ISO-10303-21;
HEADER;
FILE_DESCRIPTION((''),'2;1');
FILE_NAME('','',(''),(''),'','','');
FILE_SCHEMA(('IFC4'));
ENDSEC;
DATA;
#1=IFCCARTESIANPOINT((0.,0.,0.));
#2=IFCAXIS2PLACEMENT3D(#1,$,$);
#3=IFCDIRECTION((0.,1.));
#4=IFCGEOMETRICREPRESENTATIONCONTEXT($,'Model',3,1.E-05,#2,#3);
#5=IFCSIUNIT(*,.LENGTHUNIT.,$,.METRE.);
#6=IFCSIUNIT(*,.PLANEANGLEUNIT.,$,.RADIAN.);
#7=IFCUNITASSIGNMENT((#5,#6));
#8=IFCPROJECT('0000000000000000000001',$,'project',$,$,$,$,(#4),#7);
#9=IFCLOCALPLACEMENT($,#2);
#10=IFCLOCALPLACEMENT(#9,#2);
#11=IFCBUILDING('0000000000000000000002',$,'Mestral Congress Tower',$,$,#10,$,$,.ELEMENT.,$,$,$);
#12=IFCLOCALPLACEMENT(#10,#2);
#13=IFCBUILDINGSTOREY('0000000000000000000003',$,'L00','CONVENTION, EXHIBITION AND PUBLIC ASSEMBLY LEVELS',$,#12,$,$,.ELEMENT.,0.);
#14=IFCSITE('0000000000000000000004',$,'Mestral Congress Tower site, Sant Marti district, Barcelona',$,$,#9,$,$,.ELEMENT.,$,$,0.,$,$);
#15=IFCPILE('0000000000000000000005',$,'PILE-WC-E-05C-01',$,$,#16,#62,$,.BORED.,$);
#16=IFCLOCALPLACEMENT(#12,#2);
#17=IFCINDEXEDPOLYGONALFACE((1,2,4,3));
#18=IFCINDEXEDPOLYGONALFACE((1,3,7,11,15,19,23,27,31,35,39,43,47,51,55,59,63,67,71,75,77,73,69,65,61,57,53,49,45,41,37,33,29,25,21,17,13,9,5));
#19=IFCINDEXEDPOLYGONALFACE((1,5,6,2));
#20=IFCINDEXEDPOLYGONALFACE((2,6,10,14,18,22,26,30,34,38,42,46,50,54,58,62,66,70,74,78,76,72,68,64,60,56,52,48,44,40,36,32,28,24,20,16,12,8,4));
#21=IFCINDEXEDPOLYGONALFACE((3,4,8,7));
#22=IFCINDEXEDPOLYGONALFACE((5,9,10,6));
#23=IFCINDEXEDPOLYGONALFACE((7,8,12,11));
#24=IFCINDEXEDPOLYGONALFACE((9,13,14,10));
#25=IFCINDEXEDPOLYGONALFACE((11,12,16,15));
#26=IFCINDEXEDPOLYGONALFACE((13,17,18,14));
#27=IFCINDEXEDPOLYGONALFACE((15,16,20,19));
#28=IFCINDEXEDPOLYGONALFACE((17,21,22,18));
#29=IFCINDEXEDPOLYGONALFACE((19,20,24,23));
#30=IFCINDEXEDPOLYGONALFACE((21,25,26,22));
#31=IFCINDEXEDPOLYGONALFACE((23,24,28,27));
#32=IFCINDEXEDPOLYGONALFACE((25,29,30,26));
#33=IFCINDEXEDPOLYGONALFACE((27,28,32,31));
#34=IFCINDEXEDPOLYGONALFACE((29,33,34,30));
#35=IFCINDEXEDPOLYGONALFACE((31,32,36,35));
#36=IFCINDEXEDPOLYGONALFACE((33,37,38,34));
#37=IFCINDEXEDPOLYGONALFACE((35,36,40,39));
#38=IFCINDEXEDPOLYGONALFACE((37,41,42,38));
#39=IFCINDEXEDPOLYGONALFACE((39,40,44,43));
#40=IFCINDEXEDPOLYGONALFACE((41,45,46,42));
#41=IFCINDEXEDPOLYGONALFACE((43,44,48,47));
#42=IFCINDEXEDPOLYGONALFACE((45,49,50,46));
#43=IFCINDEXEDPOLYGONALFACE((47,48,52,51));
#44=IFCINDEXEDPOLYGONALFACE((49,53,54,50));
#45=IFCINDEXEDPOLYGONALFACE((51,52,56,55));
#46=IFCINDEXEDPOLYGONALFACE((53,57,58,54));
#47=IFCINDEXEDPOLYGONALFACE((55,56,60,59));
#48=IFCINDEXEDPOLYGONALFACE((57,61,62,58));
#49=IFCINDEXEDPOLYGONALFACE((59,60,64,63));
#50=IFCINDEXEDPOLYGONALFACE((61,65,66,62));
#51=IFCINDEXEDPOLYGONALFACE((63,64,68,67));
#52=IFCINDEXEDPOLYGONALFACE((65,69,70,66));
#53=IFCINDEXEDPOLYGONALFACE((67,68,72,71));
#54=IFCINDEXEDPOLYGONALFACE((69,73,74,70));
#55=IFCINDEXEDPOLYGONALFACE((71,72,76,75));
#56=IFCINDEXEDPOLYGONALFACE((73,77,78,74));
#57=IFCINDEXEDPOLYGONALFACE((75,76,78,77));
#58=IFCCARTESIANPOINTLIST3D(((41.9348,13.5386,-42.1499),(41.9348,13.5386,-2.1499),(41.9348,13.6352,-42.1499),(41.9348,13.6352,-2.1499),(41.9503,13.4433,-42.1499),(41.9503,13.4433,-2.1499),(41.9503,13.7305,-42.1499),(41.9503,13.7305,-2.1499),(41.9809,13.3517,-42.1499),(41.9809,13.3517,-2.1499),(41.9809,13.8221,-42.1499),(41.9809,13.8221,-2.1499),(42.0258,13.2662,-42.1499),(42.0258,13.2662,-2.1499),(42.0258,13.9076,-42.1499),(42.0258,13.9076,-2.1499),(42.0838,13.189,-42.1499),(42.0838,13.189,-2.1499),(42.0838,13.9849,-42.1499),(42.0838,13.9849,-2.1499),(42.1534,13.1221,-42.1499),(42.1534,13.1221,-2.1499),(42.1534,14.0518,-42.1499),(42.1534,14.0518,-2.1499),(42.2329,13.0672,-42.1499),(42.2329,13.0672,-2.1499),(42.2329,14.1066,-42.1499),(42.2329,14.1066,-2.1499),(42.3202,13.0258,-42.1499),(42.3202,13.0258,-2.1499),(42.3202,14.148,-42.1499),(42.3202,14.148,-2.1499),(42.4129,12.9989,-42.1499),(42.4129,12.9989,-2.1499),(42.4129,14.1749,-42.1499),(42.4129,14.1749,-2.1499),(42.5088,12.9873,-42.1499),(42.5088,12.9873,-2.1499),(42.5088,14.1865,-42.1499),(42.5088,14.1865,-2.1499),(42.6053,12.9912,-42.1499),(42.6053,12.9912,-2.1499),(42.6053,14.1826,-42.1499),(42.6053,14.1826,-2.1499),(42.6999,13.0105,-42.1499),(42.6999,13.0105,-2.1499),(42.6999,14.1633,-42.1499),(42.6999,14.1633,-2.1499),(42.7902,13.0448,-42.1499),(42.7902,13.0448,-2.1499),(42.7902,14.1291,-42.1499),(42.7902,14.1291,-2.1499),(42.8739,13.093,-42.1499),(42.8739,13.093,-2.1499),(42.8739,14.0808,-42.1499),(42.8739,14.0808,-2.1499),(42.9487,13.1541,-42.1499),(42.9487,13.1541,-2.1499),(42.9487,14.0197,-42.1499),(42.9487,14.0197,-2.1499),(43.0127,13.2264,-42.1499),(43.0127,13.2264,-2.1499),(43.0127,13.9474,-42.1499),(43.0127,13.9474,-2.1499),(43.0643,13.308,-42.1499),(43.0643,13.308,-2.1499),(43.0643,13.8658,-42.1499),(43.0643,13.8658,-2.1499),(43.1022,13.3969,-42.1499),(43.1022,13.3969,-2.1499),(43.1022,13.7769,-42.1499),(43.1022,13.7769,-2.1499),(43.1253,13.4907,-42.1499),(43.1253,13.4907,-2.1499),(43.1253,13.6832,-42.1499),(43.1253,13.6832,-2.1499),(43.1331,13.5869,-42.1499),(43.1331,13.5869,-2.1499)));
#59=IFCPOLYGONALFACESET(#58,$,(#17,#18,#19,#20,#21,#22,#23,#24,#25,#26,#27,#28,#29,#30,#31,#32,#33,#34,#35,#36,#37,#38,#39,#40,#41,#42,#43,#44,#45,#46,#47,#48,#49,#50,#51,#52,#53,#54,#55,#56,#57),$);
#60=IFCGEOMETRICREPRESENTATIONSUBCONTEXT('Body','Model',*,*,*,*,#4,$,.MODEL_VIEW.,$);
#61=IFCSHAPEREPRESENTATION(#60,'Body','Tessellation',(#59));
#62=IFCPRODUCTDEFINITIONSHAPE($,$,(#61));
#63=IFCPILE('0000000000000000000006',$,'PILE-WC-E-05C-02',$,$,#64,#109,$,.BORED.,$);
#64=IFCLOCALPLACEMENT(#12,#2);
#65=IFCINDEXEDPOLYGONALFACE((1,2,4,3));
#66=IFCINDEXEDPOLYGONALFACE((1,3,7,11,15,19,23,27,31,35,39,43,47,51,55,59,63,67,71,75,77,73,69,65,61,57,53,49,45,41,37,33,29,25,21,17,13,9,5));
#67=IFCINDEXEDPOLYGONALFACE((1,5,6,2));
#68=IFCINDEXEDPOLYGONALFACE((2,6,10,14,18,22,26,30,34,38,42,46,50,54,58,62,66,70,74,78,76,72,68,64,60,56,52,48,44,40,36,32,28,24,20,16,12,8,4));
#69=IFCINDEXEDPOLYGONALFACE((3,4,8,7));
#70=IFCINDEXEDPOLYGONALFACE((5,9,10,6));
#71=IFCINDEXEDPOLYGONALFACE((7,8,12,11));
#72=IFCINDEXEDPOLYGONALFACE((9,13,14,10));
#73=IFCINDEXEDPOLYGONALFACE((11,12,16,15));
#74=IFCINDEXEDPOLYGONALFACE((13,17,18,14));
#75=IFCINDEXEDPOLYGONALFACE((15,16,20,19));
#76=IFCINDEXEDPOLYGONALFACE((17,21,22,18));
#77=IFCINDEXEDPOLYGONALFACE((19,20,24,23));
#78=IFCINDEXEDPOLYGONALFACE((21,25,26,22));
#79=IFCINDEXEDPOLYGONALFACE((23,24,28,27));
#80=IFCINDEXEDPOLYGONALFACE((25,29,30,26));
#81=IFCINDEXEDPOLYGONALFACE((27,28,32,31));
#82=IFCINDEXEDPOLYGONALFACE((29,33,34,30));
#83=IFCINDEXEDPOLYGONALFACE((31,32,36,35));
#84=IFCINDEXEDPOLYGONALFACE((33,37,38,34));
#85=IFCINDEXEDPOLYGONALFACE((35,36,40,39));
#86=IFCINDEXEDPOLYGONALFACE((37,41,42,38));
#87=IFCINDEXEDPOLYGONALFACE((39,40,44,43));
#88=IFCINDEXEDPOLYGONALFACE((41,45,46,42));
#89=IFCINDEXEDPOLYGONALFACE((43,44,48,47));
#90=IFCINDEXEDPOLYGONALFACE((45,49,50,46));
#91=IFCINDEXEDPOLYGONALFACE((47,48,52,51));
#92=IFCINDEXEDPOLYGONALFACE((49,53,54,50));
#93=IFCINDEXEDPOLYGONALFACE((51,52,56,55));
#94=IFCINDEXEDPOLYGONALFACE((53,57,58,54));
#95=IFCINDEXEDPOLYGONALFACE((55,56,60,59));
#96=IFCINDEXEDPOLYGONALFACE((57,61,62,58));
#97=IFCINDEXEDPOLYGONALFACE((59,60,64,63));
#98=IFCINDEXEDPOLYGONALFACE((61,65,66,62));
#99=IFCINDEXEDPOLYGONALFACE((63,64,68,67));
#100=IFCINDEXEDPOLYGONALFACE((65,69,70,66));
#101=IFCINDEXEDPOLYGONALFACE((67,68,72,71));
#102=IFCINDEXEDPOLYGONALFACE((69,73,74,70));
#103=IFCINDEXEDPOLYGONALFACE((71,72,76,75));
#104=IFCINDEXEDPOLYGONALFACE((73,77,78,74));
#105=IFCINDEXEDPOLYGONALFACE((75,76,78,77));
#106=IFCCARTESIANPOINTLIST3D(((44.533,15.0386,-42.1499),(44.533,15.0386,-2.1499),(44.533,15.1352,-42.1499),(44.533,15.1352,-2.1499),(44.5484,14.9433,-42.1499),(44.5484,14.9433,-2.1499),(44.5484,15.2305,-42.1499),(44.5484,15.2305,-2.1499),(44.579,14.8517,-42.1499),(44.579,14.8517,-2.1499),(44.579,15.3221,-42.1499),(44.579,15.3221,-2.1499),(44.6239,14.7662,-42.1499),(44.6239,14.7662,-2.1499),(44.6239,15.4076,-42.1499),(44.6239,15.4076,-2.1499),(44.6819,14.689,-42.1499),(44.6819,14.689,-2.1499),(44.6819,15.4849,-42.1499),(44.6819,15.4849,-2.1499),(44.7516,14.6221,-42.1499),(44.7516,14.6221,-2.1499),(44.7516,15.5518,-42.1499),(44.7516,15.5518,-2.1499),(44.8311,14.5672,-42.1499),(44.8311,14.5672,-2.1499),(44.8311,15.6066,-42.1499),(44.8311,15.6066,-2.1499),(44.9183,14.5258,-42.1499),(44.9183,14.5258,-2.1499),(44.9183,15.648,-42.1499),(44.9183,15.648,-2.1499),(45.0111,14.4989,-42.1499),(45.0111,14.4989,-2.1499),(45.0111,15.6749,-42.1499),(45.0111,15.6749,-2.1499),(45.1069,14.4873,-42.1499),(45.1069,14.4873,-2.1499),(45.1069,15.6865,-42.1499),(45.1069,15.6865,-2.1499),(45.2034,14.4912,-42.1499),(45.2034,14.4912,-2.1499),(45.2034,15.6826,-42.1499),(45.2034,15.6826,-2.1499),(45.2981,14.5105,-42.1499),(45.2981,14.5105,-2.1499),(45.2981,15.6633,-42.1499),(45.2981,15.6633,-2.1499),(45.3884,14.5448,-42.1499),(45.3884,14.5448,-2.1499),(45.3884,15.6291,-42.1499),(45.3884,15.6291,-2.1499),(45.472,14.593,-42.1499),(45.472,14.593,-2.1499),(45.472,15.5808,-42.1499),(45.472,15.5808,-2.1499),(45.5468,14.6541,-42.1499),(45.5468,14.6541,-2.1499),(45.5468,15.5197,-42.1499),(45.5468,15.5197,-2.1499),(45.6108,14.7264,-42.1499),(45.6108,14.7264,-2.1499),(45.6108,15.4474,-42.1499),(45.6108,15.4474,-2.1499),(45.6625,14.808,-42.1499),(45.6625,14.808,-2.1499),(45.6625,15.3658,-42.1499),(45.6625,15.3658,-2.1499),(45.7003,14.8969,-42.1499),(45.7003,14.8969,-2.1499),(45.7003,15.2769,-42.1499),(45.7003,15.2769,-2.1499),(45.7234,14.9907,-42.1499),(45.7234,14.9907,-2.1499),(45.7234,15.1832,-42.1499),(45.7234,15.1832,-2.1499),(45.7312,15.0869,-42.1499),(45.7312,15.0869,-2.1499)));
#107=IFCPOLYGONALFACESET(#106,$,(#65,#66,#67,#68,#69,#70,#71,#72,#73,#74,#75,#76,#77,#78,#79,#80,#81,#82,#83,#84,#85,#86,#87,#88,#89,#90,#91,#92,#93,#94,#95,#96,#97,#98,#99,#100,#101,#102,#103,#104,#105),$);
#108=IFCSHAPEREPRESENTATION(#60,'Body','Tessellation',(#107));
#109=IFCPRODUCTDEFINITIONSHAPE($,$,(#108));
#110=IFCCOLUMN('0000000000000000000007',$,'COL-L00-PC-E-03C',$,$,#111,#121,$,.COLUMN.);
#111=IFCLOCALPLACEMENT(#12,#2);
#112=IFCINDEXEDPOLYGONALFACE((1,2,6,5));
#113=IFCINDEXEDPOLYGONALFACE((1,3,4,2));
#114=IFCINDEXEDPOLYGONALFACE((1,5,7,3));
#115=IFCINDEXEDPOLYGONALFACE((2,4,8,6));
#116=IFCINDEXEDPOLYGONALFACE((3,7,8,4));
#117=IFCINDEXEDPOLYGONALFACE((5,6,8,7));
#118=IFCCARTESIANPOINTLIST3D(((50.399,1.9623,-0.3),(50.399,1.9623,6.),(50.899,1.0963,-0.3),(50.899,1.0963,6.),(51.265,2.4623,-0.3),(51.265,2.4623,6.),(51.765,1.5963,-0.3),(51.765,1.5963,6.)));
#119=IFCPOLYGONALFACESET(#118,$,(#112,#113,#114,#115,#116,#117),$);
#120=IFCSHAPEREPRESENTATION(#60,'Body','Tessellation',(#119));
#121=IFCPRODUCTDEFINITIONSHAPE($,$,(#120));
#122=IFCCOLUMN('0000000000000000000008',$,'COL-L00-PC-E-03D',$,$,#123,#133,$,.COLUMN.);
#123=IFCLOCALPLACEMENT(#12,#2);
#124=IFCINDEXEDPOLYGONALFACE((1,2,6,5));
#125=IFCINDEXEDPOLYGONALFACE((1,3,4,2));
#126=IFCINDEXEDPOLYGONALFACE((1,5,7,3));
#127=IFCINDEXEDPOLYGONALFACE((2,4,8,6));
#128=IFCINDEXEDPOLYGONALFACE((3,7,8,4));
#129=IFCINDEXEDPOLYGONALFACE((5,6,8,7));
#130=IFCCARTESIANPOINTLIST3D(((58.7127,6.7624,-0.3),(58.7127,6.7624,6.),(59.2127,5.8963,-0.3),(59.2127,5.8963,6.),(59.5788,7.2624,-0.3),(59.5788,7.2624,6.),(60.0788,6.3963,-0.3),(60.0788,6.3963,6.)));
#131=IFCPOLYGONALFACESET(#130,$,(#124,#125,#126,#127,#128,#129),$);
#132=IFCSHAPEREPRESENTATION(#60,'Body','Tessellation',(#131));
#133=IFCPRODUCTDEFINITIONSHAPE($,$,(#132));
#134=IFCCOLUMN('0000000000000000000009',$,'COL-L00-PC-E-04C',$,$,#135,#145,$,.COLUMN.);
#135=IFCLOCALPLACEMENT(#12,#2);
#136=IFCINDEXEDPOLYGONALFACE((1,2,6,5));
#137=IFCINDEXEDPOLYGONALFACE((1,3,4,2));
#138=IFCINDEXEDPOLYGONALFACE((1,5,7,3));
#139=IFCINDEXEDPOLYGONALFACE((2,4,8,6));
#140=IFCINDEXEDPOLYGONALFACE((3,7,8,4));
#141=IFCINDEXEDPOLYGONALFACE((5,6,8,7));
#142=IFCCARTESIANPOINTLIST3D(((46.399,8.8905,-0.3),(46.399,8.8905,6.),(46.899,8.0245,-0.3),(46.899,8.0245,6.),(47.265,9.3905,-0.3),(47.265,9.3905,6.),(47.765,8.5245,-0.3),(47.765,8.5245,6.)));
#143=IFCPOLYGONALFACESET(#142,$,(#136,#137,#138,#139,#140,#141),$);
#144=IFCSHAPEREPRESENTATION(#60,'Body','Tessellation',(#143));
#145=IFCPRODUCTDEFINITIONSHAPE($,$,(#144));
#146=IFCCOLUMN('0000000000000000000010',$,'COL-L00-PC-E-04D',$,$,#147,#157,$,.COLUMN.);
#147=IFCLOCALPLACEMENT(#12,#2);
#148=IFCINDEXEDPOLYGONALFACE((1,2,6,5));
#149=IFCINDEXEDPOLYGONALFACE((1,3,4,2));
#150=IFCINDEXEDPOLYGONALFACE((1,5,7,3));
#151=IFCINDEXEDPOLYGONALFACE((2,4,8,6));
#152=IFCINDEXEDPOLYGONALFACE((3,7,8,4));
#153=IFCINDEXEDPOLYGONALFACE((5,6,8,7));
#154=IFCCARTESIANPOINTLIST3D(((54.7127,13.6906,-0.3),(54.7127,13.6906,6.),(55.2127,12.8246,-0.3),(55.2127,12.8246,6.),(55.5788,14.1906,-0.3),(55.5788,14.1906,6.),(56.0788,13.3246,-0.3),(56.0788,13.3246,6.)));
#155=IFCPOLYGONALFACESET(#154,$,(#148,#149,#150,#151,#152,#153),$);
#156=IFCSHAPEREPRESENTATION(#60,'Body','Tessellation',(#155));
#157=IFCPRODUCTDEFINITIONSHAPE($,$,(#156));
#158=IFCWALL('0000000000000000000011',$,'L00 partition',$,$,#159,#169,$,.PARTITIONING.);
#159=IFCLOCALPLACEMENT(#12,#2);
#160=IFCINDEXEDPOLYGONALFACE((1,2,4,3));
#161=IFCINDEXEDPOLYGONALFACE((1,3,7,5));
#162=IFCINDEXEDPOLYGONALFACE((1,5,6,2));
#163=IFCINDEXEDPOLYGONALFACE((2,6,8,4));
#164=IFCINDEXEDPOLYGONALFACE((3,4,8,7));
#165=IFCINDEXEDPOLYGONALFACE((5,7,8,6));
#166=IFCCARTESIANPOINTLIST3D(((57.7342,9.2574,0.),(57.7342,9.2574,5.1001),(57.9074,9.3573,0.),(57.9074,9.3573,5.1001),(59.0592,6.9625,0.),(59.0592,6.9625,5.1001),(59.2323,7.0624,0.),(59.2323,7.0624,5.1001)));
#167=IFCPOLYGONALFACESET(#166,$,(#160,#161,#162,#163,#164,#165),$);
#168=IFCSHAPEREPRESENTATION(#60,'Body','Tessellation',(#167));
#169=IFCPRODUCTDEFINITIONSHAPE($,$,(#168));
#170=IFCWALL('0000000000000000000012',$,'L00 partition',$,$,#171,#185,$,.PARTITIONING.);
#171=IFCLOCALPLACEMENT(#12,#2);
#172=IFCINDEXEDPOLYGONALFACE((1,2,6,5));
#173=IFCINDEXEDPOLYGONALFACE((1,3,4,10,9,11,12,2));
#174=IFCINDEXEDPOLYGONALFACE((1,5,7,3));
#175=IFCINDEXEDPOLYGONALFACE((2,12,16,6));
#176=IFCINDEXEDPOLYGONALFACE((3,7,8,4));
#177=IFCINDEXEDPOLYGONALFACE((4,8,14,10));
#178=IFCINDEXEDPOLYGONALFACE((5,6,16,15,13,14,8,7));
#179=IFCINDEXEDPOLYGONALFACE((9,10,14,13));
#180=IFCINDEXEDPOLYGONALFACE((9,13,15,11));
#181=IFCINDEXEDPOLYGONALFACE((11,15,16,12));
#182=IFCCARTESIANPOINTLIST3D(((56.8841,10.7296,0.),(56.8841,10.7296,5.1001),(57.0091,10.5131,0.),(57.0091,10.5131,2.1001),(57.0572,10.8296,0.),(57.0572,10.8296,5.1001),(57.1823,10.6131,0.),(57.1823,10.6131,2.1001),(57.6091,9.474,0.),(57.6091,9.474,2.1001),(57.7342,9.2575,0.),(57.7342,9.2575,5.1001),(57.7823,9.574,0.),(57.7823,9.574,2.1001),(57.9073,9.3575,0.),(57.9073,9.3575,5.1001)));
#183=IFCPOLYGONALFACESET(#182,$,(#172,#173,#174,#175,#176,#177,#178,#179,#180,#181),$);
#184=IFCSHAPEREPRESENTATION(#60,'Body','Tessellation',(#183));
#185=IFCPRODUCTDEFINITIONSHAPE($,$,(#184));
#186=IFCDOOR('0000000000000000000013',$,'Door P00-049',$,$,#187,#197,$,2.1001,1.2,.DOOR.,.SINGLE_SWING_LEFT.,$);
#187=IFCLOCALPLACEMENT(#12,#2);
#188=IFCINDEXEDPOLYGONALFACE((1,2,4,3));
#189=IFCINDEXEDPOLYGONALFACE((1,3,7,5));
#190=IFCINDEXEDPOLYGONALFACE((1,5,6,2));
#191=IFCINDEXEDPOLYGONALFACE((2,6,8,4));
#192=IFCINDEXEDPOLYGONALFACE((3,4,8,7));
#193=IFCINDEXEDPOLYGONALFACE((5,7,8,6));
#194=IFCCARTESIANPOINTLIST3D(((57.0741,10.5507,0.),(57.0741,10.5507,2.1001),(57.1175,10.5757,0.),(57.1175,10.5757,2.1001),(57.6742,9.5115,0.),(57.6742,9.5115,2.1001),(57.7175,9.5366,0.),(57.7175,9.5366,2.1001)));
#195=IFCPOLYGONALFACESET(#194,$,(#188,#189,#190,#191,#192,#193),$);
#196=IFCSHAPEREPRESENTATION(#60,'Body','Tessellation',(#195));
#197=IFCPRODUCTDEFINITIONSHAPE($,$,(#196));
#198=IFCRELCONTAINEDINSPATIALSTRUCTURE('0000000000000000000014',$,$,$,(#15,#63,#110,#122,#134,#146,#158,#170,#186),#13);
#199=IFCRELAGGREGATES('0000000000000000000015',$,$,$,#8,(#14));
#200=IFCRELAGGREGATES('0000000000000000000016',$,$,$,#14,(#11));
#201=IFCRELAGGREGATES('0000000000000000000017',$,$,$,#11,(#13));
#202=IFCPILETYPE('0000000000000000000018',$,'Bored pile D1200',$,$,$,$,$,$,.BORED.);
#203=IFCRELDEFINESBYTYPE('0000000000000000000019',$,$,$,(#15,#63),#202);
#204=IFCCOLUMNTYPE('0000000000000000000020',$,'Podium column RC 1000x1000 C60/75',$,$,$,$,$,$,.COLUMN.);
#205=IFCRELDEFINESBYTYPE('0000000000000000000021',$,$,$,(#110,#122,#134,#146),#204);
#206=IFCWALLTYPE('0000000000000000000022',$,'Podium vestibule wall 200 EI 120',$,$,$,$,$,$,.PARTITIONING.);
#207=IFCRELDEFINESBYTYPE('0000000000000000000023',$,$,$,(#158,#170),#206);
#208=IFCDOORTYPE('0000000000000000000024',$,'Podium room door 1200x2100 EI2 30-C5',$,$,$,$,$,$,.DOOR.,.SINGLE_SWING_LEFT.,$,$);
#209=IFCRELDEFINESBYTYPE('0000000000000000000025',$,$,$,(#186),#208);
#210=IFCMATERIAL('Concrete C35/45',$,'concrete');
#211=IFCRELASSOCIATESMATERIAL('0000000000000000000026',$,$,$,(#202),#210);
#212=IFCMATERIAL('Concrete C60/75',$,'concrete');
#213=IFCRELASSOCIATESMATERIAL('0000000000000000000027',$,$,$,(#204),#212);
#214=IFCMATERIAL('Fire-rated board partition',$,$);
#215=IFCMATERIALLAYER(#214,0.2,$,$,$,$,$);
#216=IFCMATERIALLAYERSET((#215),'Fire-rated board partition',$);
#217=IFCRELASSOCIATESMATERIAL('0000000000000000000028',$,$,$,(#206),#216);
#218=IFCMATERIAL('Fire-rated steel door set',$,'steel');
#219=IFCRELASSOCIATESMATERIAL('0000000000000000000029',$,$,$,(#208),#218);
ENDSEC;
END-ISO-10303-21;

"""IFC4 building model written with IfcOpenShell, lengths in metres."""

from ifc_helpers import new_model, si_unit, direction, frame, frame_2d, origin, origin_2d, place, context, subcontext, project, spatial, rectangle, circle, extrude, material, layer, layer_set, material_profile, profile_set, type_object, element, fill, save


model = new_model("IFC4")

# Units and contexts
model_context = context("Model", 3, precision=1e-05, world=origin(), true_north=direction((0.0, 1.0)))
body_context = subcontext(model_context, "Body", "Model", "MODEL_VIEW")
ifc_project = project(units=[si_unit("LENGTHUNIT", "METRE"), si_unit("PLANEANGLEUNIT", "RADIAN")], contexts=[model_context])

# Site, building, storey
site_placement = place(None, origin())
site = spatial("IfcSite", under=ifc_project, at=site_placement, Name="Mestral Congress Tower site, Sant Marti district, Barcelona", CompositionType="ELEMENT", RefElevation=0.0)
building_placement = place(site_placement, origin())
building = spatial("IfcBuilding", under=site, at=building_placement, Name="Mestral Congress Tower", CompositionType="ELEMENT")
storey_placement = place(building_placement, origin())
storey = spatial("IfcBuildingStorey", under=building, at=storey_placement, Name="L00", Description="CONVENTION, EXHIBITION AND PUBLIC ASSEMBLY LEVELS", CompositionType="ELEMENT", Elevation=0.0)

# Piles
ifc_material_1 = material(Name="Concrete C35/45", Category="concrete")
ifc_material_profile_1 = material_profile(ifc_material_1, circle(Radius=0.6001, at=origin_2d()), Name="D1200")
ifc_profile_set_1 = profile_set([ifc_material_profile_1], Name="Concrete C35/45")
pile_type = type_object("IfcPileType", Name="Bored pile D1200", PredefinedType="BORED", material=ifc_profile_set_1)
for number, where, z_axis, x_axis, name in (
    (1, (42.533, 13.5869, -2.1499), (0.0, 0.0, -1.0), (1.0, 0.0, 0.0), "PILE-WC-E-05C-01"),
    (2, (45.1311, 15.0869, -2.1499), (0.0, 0.0, -1.0), (1.0, 0.0, 0.0), "PILE-WC-E-05C-02"),
):
    element("IfcPile", number, at=place(storey_placement, frame(where, z_axis=z_axis, x_axis=x_axis)), inside=storey, type_object=pile_type, Name=name, PredefinedType="BORED", context=body_context, shape_type="SweptSolid", body=[
        extrude(circle(Radius=0.6001, at=origin_2d()), origin(), (0.0, 0.0, 1.0), 40.0),
    ])

# Columns
ifc_material_2 = material(Name="Concrete C60/75", Category="concrete")
ifc_material_profile_2 = material_profile(ifc_material_2, rectangle(XDim=1.0, YDim=1.0, at=origin_2d()), Name="RC 1000x1000")
ifc_profile_set_2 = profile_set([ifc_material_profile_2], Name="Concrete C60/75")
column_type = type_object("IfcColumnType", Name="Podium column RC 1000x1000 C60/75", PredefinedType="COLUMN", material=ifc_profile_set_2)
for number, where, z_axis, x_axis, name in (
    (3, (51.082, 1.7793, -0.3), (0.0, 0.0, 1.0), (-0.5, 0.866025, 0.0), "COL-L00-PC-E-03C"),
    (4, (59.3958, 6.5793, -0.3), (0.0, 0.0, 1.0), (-0.5, 0.866025, 0.0), "COL-L00-PC-E-03D"),
    (5, (47.082, 8.7075, -0.3), (0.0, 0.0, 1.0), (-0.5, 0.866025, 0.0), "COL-L00-PC-E-04C"),
    (6, (55.3958, 13.5076, -0.3), (0.0, 0.0, 1.0), (-0.5, 0.866025, 0.0), "COL-L00-PC-E-04D"),
):
    element("IfcColumn", number, at=place(storey_placement, frame(where, z_axis=z_axis, x_axis=x_axis)), inside=storey, type_object=column_type, Name=name, PredefinedType="COLUMN", context=body_context, shape_type="SweptSolid", body=[
        extrude(rectangle(XDim=1.0, YDim=1.0, at=origin_2d()), origin(), (0.0, 0.0, 1.0), 6.3),
    ])

# Wall
ifc_material_3 = material(Name="Fire-rated board partition")
ifc_layer = layer(ifc_material_3, 0.2)
ifc_layer_set = layer_set([ifc_layer], Name="Fire-rated board partition")
wall_type = type_object("IfcWallType", Name="Podium vestibule wall 200 EI 120", PredefinedType="PARTITIONING", material=ifc_layer_set)
wall_1_placement = place(storey_placement, frame((59.1458, 7.0125, 0.0), z_axis=(0.0, 0.0, 1.0), x_axis=(-0.499994, 0.866029, 0.0)))
element("IfcWall", 7, at=wall_1_placement, inside=storey, type_object=wall_type, Name="L00 partition", PredefinedType="PARTITIONING", context=body_context, shape_type="SweptSolid", body=[
    extrude(rectangle(XDim=2.6499, YDim=0.2, at=frame_2d((1.325, 0.0))), origin(), (0.0, 0.0, 1.0), 5.1001),
])

# Wall, opening, door
wall_2_placement = place(storey_placement, frame((57.8208, 9.3074, 0.0), z_axis=(0.0, 0.0, 1.0), x_axis=(-0.500062, 0.865989, 0.0)))
wall_2 = element("IfcWall", 8, at=wall_2_placement, inside=storey, type_object=wall_type, Name="L00 partition", PredefinedType="PARTITIONING", context=body_context, shape_type="SweptSolid", body=[
    extrude(rectangle(XDim=1.7, YDim=0.2, at=frame_2d((0.8501, 0.0))), origin(), (0.0, 0.0, 1.0), 5.1001),
])
opening_placement = place(wall_2_placement, frame((0.25, 0.0, 0.0)))
opening = element("IfcOpeningElement", 9, at=opening_placement, cuts=wall_2, PredefinedType="OPENING", context=body_context, shape_type="SweptSolid", body=[
    extrude(rectangle(XDim=1.2, YDim=2.1001, at=frame_2d((0.6001, 1.05))), frame((0.0, 0.1099, 0.0), z_axis=(0.0, -1.0, 0.0), x_axis=(1.0, 0.0, 0.0)), (0.0, 0.0, 1.0), 0.22),
])
ifc_material_4 = material(Name="Fire-rated steel door set", Category="steel")
door_type = type_object("IfcDoorType", Name="Podium room door 1200x2100 EI2 30-C5", OperationType="SINGLE_SWING_LEFT", PredefinedType="DOOR", material=ifc_material_4)
door_placement = place(opening_placement, origin())
door = element("IfcDoor", 10, at=door_placement, inside=storey, type_object=door_type, Name="Door P00-049", OperationType="SINGLE_SWING_LEFT", OverallHeight=2.1001, OverallWidth=1.2, PredefinedType="DOOR", context=body_context, shape_type="SweptSolid", body=[
    extrude(rectangle(XDim=1.2, YDim=2.1001, at=frame_2d((0.6001, 1.05))), frame((0.0, 0.0249, 0.0), z_axis=(0.0, -1.0, 0.0), x_axis=(1.0, 0.0, 0.0)), (0.0, 0.0, 1.0), 0.05),
])
fill(opening, door)

save(model, "model.ifc")
